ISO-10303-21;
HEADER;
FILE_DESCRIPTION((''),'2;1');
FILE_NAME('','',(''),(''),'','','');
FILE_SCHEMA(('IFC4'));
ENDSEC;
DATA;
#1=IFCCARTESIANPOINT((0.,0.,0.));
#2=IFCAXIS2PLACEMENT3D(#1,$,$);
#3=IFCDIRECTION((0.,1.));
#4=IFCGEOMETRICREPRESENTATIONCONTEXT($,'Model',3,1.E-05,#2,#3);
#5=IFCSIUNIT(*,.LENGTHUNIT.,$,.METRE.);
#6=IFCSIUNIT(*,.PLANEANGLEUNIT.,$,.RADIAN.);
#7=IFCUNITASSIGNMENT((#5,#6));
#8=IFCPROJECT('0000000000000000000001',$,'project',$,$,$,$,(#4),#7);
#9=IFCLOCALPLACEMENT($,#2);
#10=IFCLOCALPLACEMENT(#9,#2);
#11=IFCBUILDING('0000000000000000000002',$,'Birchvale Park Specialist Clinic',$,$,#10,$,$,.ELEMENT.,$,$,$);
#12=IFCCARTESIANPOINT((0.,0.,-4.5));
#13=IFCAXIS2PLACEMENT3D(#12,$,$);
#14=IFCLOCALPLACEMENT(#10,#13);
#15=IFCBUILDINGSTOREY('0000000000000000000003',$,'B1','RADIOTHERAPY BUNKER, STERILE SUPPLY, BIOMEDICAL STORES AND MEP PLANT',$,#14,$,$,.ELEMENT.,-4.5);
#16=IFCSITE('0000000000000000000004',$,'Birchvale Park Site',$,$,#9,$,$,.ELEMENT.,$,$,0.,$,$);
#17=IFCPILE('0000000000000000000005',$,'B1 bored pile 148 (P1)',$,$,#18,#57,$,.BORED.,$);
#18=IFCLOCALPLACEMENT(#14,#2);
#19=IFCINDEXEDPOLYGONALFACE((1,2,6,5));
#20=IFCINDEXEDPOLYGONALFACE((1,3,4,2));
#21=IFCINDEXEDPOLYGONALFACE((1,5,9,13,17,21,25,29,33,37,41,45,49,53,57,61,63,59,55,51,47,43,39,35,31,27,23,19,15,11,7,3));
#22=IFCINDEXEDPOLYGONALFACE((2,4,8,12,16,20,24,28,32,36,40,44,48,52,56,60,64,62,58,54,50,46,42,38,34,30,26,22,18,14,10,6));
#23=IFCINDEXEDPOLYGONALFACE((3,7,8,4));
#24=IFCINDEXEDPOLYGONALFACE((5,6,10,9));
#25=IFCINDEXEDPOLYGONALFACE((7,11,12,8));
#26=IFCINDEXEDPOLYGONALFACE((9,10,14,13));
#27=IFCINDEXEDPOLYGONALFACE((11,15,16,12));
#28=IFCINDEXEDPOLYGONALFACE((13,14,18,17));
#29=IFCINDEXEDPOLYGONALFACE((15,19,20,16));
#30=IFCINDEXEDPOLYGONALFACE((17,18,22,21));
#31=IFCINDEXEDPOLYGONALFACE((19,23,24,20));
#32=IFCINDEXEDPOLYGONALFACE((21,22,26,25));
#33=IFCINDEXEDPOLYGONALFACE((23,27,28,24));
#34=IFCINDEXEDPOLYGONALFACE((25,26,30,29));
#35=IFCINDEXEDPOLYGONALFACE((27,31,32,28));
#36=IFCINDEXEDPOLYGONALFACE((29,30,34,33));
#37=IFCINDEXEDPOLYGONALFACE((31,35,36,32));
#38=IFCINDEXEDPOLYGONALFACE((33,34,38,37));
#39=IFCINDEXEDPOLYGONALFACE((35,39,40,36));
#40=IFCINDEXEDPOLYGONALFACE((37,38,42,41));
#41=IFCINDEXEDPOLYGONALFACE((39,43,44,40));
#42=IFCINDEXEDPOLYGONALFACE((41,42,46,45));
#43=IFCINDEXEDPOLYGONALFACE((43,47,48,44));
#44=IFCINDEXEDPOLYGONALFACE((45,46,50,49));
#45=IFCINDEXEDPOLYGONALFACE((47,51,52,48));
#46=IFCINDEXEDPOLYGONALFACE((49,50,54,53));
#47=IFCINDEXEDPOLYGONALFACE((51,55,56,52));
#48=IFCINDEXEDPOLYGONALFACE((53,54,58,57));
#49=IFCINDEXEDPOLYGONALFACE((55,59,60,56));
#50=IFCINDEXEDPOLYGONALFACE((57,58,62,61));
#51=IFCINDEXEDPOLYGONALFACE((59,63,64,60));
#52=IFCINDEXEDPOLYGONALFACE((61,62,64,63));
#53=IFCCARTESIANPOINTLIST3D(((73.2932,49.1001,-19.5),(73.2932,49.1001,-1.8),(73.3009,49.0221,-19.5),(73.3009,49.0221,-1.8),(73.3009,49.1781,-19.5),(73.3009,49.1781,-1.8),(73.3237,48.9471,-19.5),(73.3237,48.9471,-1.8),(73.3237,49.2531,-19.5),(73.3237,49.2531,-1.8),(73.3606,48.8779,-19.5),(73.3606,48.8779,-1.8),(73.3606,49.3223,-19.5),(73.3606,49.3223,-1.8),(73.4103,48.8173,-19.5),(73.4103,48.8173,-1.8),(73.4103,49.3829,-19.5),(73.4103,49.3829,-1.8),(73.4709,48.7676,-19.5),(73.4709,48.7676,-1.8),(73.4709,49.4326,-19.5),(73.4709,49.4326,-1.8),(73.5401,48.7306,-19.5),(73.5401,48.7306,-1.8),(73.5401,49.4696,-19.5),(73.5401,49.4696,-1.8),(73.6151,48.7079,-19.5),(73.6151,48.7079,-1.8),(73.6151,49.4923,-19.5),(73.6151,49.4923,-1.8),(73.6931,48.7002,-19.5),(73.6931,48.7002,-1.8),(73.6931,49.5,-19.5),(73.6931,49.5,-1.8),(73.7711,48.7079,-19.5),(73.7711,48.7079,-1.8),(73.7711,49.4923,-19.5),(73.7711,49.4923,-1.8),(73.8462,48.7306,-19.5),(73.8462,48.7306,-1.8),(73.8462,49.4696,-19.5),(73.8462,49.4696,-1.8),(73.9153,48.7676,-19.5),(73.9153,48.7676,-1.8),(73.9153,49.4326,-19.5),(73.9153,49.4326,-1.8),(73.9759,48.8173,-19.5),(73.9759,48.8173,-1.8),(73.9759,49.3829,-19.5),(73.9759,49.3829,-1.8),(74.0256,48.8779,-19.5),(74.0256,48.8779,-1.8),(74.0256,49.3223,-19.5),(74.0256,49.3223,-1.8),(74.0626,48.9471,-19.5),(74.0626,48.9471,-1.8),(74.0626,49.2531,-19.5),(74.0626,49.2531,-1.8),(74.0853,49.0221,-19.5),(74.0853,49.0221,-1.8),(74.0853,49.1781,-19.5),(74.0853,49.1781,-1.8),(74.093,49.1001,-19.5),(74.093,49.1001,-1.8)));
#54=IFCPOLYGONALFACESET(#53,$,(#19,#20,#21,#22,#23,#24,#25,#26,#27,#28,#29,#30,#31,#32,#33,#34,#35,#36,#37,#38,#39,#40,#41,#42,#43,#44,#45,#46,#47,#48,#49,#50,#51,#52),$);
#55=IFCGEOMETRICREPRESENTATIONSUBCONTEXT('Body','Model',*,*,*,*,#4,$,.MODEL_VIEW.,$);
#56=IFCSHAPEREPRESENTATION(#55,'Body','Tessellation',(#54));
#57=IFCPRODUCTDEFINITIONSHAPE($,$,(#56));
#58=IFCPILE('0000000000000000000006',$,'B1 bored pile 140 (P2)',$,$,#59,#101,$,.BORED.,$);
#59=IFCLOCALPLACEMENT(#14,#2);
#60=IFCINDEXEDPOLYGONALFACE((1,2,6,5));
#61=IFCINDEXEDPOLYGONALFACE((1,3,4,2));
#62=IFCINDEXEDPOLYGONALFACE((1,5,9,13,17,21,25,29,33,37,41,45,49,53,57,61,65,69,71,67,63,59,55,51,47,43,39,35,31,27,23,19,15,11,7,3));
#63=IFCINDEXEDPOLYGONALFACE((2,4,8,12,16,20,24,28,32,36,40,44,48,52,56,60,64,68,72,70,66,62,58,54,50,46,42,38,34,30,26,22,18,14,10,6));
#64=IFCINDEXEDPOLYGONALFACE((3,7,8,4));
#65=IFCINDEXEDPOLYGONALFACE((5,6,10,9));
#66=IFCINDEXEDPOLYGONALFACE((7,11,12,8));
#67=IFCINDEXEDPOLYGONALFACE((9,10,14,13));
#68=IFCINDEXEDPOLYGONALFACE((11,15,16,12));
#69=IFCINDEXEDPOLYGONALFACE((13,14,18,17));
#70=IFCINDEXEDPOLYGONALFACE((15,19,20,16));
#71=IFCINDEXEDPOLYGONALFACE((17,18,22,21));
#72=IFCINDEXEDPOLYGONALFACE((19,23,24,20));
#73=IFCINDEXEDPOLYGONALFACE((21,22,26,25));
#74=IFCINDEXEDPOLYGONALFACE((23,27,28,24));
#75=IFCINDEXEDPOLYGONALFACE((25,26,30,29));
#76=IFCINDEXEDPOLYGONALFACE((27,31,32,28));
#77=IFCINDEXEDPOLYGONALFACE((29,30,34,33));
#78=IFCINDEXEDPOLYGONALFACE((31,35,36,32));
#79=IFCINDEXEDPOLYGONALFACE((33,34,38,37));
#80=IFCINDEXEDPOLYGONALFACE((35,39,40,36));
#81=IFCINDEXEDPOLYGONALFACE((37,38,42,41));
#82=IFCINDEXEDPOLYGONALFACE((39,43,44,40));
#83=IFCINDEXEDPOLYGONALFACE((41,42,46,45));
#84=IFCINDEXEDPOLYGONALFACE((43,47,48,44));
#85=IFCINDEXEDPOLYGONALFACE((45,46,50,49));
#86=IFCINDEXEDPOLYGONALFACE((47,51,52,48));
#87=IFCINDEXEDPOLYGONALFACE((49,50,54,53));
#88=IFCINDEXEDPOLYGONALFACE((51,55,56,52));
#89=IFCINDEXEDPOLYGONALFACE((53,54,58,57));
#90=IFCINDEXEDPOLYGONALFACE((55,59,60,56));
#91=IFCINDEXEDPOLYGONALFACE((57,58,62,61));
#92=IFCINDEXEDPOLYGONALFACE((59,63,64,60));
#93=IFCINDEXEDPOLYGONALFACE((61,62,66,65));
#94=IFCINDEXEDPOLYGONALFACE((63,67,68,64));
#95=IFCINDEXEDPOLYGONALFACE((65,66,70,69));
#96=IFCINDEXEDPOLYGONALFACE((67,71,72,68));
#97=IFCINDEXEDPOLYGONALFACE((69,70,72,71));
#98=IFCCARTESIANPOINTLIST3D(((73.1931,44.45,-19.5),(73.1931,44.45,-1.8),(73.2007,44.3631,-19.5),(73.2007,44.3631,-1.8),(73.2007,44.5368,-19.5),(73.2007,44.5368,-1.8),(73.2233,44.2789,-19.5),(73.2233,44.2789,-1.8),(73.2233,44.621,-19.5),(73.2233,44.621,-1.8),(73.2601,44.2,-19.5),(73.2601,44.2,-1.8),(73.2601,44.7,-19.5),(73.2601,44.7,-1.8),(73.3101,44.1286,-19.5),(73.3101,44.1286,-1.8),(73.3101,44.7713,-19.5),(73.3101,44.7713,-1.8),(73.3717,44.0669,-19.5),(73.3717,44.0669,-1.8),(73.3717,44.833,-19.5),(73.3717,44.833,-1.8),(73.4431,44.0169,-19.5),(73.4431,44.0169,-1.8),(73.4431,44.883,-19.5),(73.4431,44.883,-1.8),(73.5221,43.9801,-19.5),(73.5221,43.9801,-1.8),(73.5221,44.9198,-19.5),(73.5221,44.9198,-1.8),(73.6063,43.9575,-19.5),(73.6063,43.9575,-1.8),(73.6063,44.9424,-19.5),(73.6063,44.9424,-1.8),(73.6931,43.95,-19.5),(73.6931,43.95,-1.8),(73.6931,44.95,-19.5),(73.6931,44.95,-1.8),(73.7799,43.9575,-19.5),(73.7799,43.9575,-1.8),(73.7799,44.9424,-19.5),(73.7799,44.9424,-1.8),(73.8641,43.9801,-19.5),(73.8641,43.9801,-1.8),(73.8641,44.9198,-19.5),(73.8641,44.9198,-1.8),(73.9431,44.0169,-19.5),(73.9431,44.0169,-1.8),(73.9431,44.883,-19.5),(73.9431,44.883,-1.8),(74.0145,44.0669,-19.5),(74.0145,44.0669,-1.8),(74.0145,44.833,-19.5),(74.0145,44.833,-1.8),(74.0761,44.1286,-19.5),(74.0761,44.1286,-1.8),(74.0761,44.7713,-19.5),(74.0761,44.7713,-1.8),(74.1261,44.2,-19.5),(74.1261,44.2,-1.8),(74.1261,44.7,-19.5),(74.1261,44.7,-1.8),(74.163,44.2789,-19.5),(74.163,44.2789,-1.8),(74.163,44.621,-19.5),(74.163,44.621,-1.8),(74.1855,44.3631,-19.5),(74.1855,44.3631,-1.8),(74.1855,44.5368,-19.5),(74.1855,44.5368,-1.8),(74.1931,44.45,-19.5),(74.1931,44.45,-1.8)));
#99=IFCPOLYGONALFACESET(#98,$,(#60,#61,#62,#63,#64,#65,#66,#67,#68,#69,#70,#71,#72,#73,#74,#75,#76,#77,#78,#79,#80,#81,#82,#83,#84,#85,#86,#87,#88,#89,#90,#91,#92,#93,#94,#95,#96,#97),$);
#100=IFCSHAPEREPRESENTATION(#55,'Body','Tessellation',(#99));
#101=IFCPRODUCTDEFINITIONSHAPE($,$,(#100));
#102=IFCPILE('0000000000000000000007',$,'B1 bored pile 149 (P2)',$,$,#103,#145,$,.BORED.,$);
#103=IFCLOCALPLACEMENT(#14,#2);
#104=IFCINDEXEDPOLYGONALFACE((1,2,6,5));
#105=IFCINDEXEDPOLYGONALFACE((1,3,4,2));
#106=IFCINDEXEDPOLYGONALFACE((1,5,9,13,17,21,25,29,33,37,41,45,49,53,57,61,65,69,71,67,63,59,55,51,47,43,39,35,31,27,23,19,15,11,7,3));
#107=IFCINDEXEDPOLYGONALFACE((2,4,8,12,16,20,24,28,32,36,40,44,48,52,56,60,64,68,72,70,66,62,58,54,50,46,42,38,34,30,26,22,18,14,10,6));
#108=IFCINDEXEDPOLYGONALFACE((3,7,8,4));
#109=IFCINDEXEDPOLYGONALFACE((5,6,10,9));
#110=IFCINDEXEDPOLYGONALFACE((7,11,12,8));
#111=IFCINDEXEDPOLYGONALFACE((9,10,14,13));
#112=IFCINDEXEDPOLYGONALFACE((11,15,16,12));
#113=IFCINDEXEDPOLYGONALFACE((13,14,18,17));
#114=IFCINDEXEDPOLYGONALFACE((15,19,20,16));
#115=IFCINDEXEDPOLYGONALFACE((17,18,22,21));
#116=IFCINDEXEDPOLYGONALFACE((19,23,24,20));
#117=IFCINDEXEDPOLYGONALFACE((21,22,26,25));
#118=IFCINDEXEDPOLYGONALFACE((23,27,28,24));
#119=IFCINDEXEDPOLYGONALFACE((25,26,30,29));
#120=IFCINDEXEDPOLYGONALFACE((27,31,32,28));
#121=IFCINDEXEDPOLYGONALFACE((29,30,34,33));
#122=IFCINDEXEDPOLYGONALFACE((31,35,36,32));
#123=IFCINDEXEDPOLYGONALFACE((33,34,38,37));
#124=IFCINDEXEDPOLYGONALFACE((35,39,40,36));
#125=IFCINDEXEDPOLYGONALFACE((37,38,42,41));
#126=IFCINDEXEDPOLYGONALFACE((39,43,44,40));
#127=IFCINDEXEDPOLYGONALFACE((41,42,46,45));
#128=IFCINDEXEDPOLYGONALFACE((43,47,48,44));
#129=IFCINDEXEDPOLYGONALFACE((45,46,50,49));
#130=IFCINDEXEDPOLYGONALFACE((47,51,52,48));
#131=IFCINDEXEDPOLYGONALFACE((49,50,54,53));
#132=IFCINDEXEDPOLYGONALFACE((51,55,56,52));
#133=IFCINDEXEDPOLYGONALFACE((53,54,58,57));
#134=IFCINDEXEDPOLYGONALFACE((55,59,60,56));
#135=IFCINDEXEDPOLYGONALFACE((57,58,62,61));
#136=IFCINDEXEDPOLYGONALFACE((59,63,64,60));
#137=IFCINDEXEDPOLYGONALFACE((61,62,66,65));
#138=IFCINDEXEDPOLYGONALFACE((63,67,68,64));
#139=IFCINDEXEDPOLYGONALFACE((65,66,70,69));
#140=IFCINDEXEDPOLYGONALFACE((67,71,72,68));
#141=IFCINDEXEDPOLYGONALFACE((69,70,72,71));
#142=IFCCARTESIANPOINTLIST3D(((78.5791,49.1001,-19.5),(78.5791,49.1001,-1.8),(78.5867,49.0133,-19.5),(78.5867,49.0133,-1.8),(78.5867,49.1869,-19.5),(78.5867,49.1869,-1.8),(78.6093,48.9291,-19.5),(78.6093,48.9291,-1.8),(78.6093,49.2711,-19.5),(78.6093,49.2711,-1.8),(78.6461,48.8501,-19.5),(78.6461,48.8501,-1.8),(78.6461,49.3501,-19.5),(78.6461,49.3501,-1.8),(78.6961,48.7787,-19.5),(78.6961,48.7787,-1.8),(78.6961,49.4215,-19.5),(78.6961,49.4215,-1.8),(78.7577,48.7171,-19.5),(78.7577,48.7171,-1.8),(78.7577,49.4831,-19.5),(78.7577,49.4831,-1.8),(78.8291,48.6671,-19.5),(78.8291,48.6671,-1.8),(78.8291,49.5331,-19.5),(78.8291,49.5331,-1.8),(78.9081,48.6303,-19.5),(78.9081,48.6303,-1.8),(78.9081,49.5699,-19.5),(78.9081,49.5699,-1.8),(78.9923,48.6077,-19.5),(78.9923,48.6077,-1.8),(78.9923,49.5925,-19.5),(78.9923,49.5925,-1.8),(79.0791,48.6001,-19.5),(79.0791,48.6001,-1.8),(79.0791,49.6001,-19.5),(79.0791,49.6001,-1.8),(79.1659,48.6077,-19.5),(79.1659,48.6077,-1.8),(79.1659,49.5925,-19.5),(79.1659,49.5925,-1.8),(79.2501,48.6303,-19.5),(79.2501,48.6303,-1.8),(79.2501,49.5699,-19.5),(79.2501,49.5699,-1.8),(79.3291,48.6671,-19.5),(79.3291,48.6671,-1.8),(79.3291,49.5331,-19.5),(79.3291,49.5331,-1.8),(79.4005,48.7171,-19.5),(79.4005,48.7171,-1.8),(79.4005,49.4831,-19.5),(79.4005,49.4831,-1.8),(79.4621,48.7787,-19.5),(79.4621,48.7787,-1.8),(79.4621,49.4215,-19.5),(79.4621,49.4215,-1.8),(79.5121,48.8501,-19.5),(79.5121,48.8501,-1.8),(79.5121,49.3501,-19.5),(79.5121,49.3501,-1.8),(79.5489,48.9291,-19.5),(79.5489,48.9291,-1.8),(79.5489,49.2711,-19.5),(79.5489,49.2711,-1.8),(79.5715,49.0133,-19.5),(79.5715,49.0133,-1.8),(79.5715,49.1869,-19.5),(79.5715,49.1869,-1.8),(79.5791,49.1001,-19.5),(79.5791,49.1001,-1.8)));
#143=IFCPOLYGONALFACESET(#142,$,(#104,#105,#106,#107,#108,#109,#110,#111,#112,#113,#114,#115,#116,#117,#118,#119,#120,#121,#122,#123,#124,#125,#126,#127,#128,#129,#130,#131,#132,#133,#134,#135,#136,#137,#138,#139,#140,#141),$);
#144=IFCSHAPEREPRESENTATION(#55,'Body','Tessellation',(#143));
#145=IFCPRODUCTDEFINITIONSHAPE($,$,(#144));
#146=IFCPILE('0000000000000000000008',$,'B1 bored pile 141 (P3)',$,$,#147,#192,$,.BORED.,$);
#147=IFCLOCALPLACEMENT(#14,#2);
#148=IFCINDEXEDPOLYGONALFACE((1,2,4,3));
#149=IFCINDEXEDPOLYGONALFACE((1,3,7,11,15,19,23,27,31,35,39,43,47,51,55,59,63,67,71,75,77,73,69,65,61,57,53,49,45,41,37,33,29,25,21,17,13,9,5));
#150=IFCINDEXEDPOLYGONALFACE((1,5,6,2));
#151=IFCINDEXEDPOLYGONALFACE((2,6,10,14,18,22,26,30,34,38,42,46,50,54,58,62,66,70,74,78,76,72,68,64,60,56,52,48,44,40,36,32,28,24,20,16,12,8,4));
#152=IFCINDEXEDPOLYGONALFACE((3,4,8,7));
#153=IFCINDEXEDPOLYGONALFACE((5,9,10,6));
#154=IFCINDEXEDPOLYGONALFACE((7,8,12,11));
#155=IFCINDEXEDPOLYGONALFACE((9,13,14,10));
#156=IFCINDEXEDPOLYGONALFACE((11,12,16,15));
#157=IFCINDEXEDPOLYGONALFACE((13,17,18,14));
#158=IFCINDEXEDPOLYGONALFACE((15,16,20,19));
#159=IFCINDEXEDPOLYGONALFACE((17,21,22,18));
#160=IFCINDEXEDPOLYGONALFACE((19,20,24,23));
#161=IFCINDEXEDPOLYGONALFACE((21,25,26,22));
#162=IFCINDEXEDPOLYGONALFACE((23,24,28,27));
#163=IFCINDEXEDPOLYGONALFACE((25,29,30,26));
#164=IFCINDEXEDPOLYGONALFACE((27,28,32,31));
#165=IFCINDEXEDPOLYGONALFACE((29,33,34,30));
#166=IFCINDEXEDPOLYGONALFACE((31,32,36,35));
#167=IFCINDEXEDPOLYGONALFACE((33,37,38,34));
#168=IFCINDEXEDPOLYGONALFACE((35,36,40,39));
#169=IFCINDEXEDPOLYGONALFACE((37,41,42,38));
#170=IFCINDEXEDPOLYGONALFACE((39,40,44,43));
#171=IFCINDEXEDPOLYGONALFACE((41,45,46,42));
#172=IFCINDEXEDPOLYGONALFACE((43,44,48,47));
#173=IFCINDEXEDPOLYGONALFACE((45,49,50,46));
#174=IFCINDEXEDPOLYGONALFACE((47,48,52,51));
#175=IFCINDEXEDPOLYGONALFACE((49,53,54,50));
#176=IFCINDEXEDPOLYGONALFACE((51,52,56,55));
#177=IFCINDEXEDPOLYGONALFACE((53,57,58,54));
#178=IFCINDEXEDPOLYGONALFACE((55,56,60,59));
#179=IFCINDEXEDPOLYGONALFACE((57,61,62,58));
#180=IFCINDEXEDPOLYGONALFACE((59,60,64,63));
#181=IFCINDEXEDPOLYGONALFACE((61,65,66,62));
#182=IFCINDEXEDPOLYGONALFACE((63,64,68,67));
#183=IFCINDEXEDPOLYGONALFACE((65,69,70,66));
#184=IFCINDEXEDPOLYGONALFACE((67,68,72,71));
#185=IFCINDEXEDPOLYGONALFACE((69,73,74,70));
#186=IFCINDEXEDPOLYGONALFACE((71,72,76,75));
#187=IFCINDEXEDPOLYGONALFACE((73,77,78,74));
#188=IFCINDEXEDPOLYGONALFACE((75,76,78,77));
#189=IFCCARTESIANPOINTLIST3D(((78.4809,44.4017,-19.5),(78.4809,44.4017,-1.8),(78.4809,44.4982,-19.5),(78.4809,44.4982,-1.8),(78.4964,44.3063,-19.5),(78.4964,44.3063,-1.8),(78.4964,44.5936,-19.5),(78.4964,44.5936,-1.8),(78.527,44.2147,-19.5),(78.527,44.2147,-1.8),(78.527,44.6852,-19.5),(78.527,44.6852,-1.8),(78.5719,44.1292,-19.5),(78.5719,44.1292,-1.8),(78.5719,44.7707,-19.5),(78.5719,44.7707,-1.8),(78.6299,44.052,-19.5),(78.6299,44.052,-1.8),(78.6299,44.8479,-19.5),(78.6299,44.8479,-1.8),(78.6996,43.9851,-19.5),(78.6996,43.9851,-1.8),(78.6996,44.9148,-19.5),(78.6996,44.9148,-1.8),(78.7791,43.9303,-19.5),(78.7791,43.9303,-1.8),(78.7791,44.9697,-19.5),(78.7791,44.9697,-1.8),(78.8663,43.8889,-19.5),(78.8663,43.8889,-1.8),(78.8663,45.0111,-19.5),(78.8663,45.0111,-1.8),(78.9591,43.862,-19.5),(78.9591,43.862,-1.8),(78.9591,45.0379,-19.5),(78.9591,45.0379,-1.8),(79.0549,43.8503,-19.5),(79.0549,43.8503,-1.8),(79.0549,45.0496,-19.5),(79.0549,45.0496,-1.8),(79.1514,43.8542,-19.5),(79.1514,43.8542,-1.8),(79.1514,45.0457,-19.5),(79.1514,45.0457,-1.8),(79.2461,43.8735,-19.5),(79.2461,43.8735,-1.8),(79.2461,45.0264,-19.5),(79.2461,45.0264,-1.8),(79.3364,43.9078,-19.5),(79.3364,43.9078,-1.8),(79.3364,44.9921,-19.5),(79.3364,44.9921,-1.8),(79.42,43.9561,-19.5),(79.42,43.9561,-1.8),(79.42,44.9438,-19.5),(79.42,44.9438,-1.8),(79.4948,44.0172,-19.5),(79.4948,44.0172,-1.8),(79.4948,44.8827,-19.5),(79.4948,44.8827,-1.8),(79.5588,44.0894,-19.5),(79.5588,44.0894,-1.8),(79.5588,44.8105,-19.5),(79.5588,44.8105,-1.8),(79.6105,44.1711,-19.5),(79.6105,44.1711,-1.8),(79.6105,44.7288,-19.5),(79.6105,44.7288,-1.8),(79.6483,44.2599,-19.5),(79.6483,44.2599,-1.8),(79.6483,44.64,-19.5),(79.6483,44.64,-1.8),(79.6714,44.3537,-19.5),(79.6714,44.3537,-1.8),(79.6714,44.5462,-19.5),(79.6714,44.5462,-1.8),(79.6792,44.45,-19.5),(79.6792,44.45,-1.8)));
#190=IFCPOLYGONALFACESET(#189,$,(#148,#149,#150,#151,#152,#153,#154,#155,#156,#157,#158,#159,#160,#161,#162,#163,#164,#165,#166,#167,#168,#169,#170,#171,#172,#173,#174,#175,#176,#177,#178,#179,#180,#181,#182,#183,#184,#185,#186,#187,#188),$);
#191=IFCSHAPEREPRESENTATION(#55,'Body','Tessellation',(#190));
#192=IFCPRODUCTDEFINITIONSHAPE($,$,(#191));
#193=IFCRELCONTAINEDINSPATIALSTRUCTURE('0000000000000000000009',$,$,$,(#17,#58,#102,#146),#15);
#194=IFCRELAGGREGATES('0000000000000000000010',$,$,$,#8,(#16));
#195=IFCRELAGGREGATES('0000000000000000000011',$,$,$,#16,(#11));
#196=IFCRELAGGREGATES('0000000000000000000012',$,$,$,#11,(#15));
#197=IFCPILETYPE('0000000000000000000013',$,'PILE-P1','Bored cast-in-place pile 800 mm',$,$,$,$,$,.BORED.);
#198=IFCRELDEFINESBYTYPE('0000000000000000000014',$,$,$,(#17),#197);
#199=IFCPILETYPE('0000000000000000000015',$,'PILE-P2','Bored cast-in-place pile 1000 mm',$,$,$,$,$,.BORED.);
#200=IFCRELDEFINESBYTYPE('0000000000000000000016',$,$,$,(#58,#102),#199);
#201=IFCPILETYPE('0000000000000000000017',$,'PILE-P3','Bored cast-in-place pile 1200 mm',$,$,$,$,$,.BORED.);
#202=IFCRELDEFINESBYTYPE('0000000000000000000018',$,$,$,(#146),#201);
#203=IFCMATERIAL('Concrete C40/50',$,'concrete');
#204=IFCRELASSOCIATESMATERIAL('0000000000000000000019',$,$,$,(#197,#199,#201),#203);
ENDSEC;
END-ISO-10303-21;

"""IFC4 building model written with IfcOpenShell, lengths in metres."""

from ifc_helpers import new_model, si_unit, direction, frame, origin, origin_2d, place, context, subcontext, project, spatial, circle, extrude, material, material_profile, profile_set, type_object, element, save


model = new_model("IFC4")

# Units and contexts
model_context = context("Model", 3, precision=1e-05, world=origin(), true_north=direction((0.0, 1.0)))
body_context = subcontext(model_context, "Body", "Model", "MODEL_VIEW")
ifc_project = project(units=[si_unit("LENGTHUNIT", "METRE"), si_unit("PLANEANGLEUNIT", "RADIAN")], contexts=[model_context])

# Site, building, storey
site_placement = place(None, origin())
site = spatial("IfcSite", under=ifc_project, at=site_placement, Name="Birchvale Park Site", CompositionType="ELEMENT", RefElevation=0.0)
building_placement = place(site_placement, origin())
building = spatial("IfcBuilding", under=site, at=building_placement, Name="Birchvale Park Specialist Clinic", CompositionType="ELEMENT")
storey_placement = place(building_placement, frame((0.0, 0.0, -4.5)))
storey = spatial("IfcBuildingStorey", under=building, at=storey_placement, Name="B1", Description="RADIOTHERAPY BUNKER, STERILE SUPPLY, BIOMEDICAL STORES AND MEP PLANT", CompositionType="ELEMENT", Elevation=-4.5)

# Shared definitions
ifc_material = material(Name="Concrete C40/50", Category="concrete")

# Piles
ifc_material_profile_1 = material_profile(ifc_material, circle(Radius=0.3999, at=origin_2d()), Name="PILE-800")
ifc_profile_set_1 = profile_set([ifc_material_profile_1], Name="Concrete C40/50")
pile_type_1 = type_object("IfcPileType", Name="PILE-P1", Description="Bored cast-in-place pile 800 mm", PredefinedType="BORED", material=ifc_profile_set_1)
for number, where, z_axis, x_axis, name in (
    (1, (73.6931, 49.1001, -1.8), (0.0, 0.0, -1.0), (1.0, 0.0, 0.0), "B1 bored pile 148 (P1)"),
):
    element("IfcPile", number, at=place(storey_placement, frame(where, z_axis=z_axis, x_axis=x_axis)), inside=storey, type_object=pile_type_1, Name=name, PredefinedType="BORED", context=body_context, shape_type="SweptSolid", body=[
        extrude(circle(Radius=0.3999, at=origin_2d()), origin(), (0.0, 0.0, 1.0), 17.7),
    ])
ifc_material_profile_2 = material_profile(ifc_material, circle(Radius=0.5, at=origin_2d()), Name="PILE-1000")
ifc_profile_set_2 = profile_set([ifc_material_profile_2], Name="Concrete C40/50")
pile_type_2 = type_object("IfcPileType", Name="PILE-P2", Description="Bored cast-in-place pile 1000 mm", PredefinedType="BORED", material=ifc_profile_set_2)
for number, where, z_axis, x_axis, name in (
    (2, (73.6931, 44.45, -1.8), (0.0, 0.0, -1.0), (1.0, 0.0, 0.0), "B1 bored pile 140 (P2)"),
    (3, (79.0791, 49.1001, -1.8), (0.0, 0.0, -1.0), (1.0, 0.0, 0.0), "B1 bored pile 149 (P2)"),
):
    element("IfcPile", number, at=place(storey_placement, frame(where, z_axis=z_axis, x_axis=x_axis)), inside=storey, type_object=pile_type_2, Name=name, PredefinedType="BORED", context=body_context, shape_type="SweptSolid", body=[
        extrude(circle(Radius=0.5, at=origin_2d()), origin(), (0.0, 0.0, 1.0), 17.7),
    ])
ifc_material_profile_3 = material_profile(ifc_material, circle(Radius=0.6001, at=origin_2d()), Name="PILE-1200")
ifc_profile_set_3 = profile_set([ifc_material_profile_3], Name="Concrete C40/50")
pile_type_3 = type_object("IfcPileType", Name="PILE-P3", Description="Bored cast-in-place pile 1200 mm", PredefinedType="BORED", material=ifc_profile_set_3)
for number, where, z_axis, x_axis, name in (
    (4, (79.0791, 44.45, -1.8), (0.0, 0.0, -1.0), (1.0, 0.0, 0.0), "B1 bored pile 141 (P3)"),
):
    element("IfcPile", number, at=place(storey_placement, frame(where, z_axis=z_axis, x_axis=x_axis)), inside=storey, type_object=pile_type_3, Name=name, PredefinedType="BORED", context=body_context, shape_type="SweptSolid", body=[
        extrude(circle(Radius=0.6001, at=origin_2d()), origin(), (0.0, 0.0, 1.0), 17.7),
    ])

save(model, "model.ifc")
